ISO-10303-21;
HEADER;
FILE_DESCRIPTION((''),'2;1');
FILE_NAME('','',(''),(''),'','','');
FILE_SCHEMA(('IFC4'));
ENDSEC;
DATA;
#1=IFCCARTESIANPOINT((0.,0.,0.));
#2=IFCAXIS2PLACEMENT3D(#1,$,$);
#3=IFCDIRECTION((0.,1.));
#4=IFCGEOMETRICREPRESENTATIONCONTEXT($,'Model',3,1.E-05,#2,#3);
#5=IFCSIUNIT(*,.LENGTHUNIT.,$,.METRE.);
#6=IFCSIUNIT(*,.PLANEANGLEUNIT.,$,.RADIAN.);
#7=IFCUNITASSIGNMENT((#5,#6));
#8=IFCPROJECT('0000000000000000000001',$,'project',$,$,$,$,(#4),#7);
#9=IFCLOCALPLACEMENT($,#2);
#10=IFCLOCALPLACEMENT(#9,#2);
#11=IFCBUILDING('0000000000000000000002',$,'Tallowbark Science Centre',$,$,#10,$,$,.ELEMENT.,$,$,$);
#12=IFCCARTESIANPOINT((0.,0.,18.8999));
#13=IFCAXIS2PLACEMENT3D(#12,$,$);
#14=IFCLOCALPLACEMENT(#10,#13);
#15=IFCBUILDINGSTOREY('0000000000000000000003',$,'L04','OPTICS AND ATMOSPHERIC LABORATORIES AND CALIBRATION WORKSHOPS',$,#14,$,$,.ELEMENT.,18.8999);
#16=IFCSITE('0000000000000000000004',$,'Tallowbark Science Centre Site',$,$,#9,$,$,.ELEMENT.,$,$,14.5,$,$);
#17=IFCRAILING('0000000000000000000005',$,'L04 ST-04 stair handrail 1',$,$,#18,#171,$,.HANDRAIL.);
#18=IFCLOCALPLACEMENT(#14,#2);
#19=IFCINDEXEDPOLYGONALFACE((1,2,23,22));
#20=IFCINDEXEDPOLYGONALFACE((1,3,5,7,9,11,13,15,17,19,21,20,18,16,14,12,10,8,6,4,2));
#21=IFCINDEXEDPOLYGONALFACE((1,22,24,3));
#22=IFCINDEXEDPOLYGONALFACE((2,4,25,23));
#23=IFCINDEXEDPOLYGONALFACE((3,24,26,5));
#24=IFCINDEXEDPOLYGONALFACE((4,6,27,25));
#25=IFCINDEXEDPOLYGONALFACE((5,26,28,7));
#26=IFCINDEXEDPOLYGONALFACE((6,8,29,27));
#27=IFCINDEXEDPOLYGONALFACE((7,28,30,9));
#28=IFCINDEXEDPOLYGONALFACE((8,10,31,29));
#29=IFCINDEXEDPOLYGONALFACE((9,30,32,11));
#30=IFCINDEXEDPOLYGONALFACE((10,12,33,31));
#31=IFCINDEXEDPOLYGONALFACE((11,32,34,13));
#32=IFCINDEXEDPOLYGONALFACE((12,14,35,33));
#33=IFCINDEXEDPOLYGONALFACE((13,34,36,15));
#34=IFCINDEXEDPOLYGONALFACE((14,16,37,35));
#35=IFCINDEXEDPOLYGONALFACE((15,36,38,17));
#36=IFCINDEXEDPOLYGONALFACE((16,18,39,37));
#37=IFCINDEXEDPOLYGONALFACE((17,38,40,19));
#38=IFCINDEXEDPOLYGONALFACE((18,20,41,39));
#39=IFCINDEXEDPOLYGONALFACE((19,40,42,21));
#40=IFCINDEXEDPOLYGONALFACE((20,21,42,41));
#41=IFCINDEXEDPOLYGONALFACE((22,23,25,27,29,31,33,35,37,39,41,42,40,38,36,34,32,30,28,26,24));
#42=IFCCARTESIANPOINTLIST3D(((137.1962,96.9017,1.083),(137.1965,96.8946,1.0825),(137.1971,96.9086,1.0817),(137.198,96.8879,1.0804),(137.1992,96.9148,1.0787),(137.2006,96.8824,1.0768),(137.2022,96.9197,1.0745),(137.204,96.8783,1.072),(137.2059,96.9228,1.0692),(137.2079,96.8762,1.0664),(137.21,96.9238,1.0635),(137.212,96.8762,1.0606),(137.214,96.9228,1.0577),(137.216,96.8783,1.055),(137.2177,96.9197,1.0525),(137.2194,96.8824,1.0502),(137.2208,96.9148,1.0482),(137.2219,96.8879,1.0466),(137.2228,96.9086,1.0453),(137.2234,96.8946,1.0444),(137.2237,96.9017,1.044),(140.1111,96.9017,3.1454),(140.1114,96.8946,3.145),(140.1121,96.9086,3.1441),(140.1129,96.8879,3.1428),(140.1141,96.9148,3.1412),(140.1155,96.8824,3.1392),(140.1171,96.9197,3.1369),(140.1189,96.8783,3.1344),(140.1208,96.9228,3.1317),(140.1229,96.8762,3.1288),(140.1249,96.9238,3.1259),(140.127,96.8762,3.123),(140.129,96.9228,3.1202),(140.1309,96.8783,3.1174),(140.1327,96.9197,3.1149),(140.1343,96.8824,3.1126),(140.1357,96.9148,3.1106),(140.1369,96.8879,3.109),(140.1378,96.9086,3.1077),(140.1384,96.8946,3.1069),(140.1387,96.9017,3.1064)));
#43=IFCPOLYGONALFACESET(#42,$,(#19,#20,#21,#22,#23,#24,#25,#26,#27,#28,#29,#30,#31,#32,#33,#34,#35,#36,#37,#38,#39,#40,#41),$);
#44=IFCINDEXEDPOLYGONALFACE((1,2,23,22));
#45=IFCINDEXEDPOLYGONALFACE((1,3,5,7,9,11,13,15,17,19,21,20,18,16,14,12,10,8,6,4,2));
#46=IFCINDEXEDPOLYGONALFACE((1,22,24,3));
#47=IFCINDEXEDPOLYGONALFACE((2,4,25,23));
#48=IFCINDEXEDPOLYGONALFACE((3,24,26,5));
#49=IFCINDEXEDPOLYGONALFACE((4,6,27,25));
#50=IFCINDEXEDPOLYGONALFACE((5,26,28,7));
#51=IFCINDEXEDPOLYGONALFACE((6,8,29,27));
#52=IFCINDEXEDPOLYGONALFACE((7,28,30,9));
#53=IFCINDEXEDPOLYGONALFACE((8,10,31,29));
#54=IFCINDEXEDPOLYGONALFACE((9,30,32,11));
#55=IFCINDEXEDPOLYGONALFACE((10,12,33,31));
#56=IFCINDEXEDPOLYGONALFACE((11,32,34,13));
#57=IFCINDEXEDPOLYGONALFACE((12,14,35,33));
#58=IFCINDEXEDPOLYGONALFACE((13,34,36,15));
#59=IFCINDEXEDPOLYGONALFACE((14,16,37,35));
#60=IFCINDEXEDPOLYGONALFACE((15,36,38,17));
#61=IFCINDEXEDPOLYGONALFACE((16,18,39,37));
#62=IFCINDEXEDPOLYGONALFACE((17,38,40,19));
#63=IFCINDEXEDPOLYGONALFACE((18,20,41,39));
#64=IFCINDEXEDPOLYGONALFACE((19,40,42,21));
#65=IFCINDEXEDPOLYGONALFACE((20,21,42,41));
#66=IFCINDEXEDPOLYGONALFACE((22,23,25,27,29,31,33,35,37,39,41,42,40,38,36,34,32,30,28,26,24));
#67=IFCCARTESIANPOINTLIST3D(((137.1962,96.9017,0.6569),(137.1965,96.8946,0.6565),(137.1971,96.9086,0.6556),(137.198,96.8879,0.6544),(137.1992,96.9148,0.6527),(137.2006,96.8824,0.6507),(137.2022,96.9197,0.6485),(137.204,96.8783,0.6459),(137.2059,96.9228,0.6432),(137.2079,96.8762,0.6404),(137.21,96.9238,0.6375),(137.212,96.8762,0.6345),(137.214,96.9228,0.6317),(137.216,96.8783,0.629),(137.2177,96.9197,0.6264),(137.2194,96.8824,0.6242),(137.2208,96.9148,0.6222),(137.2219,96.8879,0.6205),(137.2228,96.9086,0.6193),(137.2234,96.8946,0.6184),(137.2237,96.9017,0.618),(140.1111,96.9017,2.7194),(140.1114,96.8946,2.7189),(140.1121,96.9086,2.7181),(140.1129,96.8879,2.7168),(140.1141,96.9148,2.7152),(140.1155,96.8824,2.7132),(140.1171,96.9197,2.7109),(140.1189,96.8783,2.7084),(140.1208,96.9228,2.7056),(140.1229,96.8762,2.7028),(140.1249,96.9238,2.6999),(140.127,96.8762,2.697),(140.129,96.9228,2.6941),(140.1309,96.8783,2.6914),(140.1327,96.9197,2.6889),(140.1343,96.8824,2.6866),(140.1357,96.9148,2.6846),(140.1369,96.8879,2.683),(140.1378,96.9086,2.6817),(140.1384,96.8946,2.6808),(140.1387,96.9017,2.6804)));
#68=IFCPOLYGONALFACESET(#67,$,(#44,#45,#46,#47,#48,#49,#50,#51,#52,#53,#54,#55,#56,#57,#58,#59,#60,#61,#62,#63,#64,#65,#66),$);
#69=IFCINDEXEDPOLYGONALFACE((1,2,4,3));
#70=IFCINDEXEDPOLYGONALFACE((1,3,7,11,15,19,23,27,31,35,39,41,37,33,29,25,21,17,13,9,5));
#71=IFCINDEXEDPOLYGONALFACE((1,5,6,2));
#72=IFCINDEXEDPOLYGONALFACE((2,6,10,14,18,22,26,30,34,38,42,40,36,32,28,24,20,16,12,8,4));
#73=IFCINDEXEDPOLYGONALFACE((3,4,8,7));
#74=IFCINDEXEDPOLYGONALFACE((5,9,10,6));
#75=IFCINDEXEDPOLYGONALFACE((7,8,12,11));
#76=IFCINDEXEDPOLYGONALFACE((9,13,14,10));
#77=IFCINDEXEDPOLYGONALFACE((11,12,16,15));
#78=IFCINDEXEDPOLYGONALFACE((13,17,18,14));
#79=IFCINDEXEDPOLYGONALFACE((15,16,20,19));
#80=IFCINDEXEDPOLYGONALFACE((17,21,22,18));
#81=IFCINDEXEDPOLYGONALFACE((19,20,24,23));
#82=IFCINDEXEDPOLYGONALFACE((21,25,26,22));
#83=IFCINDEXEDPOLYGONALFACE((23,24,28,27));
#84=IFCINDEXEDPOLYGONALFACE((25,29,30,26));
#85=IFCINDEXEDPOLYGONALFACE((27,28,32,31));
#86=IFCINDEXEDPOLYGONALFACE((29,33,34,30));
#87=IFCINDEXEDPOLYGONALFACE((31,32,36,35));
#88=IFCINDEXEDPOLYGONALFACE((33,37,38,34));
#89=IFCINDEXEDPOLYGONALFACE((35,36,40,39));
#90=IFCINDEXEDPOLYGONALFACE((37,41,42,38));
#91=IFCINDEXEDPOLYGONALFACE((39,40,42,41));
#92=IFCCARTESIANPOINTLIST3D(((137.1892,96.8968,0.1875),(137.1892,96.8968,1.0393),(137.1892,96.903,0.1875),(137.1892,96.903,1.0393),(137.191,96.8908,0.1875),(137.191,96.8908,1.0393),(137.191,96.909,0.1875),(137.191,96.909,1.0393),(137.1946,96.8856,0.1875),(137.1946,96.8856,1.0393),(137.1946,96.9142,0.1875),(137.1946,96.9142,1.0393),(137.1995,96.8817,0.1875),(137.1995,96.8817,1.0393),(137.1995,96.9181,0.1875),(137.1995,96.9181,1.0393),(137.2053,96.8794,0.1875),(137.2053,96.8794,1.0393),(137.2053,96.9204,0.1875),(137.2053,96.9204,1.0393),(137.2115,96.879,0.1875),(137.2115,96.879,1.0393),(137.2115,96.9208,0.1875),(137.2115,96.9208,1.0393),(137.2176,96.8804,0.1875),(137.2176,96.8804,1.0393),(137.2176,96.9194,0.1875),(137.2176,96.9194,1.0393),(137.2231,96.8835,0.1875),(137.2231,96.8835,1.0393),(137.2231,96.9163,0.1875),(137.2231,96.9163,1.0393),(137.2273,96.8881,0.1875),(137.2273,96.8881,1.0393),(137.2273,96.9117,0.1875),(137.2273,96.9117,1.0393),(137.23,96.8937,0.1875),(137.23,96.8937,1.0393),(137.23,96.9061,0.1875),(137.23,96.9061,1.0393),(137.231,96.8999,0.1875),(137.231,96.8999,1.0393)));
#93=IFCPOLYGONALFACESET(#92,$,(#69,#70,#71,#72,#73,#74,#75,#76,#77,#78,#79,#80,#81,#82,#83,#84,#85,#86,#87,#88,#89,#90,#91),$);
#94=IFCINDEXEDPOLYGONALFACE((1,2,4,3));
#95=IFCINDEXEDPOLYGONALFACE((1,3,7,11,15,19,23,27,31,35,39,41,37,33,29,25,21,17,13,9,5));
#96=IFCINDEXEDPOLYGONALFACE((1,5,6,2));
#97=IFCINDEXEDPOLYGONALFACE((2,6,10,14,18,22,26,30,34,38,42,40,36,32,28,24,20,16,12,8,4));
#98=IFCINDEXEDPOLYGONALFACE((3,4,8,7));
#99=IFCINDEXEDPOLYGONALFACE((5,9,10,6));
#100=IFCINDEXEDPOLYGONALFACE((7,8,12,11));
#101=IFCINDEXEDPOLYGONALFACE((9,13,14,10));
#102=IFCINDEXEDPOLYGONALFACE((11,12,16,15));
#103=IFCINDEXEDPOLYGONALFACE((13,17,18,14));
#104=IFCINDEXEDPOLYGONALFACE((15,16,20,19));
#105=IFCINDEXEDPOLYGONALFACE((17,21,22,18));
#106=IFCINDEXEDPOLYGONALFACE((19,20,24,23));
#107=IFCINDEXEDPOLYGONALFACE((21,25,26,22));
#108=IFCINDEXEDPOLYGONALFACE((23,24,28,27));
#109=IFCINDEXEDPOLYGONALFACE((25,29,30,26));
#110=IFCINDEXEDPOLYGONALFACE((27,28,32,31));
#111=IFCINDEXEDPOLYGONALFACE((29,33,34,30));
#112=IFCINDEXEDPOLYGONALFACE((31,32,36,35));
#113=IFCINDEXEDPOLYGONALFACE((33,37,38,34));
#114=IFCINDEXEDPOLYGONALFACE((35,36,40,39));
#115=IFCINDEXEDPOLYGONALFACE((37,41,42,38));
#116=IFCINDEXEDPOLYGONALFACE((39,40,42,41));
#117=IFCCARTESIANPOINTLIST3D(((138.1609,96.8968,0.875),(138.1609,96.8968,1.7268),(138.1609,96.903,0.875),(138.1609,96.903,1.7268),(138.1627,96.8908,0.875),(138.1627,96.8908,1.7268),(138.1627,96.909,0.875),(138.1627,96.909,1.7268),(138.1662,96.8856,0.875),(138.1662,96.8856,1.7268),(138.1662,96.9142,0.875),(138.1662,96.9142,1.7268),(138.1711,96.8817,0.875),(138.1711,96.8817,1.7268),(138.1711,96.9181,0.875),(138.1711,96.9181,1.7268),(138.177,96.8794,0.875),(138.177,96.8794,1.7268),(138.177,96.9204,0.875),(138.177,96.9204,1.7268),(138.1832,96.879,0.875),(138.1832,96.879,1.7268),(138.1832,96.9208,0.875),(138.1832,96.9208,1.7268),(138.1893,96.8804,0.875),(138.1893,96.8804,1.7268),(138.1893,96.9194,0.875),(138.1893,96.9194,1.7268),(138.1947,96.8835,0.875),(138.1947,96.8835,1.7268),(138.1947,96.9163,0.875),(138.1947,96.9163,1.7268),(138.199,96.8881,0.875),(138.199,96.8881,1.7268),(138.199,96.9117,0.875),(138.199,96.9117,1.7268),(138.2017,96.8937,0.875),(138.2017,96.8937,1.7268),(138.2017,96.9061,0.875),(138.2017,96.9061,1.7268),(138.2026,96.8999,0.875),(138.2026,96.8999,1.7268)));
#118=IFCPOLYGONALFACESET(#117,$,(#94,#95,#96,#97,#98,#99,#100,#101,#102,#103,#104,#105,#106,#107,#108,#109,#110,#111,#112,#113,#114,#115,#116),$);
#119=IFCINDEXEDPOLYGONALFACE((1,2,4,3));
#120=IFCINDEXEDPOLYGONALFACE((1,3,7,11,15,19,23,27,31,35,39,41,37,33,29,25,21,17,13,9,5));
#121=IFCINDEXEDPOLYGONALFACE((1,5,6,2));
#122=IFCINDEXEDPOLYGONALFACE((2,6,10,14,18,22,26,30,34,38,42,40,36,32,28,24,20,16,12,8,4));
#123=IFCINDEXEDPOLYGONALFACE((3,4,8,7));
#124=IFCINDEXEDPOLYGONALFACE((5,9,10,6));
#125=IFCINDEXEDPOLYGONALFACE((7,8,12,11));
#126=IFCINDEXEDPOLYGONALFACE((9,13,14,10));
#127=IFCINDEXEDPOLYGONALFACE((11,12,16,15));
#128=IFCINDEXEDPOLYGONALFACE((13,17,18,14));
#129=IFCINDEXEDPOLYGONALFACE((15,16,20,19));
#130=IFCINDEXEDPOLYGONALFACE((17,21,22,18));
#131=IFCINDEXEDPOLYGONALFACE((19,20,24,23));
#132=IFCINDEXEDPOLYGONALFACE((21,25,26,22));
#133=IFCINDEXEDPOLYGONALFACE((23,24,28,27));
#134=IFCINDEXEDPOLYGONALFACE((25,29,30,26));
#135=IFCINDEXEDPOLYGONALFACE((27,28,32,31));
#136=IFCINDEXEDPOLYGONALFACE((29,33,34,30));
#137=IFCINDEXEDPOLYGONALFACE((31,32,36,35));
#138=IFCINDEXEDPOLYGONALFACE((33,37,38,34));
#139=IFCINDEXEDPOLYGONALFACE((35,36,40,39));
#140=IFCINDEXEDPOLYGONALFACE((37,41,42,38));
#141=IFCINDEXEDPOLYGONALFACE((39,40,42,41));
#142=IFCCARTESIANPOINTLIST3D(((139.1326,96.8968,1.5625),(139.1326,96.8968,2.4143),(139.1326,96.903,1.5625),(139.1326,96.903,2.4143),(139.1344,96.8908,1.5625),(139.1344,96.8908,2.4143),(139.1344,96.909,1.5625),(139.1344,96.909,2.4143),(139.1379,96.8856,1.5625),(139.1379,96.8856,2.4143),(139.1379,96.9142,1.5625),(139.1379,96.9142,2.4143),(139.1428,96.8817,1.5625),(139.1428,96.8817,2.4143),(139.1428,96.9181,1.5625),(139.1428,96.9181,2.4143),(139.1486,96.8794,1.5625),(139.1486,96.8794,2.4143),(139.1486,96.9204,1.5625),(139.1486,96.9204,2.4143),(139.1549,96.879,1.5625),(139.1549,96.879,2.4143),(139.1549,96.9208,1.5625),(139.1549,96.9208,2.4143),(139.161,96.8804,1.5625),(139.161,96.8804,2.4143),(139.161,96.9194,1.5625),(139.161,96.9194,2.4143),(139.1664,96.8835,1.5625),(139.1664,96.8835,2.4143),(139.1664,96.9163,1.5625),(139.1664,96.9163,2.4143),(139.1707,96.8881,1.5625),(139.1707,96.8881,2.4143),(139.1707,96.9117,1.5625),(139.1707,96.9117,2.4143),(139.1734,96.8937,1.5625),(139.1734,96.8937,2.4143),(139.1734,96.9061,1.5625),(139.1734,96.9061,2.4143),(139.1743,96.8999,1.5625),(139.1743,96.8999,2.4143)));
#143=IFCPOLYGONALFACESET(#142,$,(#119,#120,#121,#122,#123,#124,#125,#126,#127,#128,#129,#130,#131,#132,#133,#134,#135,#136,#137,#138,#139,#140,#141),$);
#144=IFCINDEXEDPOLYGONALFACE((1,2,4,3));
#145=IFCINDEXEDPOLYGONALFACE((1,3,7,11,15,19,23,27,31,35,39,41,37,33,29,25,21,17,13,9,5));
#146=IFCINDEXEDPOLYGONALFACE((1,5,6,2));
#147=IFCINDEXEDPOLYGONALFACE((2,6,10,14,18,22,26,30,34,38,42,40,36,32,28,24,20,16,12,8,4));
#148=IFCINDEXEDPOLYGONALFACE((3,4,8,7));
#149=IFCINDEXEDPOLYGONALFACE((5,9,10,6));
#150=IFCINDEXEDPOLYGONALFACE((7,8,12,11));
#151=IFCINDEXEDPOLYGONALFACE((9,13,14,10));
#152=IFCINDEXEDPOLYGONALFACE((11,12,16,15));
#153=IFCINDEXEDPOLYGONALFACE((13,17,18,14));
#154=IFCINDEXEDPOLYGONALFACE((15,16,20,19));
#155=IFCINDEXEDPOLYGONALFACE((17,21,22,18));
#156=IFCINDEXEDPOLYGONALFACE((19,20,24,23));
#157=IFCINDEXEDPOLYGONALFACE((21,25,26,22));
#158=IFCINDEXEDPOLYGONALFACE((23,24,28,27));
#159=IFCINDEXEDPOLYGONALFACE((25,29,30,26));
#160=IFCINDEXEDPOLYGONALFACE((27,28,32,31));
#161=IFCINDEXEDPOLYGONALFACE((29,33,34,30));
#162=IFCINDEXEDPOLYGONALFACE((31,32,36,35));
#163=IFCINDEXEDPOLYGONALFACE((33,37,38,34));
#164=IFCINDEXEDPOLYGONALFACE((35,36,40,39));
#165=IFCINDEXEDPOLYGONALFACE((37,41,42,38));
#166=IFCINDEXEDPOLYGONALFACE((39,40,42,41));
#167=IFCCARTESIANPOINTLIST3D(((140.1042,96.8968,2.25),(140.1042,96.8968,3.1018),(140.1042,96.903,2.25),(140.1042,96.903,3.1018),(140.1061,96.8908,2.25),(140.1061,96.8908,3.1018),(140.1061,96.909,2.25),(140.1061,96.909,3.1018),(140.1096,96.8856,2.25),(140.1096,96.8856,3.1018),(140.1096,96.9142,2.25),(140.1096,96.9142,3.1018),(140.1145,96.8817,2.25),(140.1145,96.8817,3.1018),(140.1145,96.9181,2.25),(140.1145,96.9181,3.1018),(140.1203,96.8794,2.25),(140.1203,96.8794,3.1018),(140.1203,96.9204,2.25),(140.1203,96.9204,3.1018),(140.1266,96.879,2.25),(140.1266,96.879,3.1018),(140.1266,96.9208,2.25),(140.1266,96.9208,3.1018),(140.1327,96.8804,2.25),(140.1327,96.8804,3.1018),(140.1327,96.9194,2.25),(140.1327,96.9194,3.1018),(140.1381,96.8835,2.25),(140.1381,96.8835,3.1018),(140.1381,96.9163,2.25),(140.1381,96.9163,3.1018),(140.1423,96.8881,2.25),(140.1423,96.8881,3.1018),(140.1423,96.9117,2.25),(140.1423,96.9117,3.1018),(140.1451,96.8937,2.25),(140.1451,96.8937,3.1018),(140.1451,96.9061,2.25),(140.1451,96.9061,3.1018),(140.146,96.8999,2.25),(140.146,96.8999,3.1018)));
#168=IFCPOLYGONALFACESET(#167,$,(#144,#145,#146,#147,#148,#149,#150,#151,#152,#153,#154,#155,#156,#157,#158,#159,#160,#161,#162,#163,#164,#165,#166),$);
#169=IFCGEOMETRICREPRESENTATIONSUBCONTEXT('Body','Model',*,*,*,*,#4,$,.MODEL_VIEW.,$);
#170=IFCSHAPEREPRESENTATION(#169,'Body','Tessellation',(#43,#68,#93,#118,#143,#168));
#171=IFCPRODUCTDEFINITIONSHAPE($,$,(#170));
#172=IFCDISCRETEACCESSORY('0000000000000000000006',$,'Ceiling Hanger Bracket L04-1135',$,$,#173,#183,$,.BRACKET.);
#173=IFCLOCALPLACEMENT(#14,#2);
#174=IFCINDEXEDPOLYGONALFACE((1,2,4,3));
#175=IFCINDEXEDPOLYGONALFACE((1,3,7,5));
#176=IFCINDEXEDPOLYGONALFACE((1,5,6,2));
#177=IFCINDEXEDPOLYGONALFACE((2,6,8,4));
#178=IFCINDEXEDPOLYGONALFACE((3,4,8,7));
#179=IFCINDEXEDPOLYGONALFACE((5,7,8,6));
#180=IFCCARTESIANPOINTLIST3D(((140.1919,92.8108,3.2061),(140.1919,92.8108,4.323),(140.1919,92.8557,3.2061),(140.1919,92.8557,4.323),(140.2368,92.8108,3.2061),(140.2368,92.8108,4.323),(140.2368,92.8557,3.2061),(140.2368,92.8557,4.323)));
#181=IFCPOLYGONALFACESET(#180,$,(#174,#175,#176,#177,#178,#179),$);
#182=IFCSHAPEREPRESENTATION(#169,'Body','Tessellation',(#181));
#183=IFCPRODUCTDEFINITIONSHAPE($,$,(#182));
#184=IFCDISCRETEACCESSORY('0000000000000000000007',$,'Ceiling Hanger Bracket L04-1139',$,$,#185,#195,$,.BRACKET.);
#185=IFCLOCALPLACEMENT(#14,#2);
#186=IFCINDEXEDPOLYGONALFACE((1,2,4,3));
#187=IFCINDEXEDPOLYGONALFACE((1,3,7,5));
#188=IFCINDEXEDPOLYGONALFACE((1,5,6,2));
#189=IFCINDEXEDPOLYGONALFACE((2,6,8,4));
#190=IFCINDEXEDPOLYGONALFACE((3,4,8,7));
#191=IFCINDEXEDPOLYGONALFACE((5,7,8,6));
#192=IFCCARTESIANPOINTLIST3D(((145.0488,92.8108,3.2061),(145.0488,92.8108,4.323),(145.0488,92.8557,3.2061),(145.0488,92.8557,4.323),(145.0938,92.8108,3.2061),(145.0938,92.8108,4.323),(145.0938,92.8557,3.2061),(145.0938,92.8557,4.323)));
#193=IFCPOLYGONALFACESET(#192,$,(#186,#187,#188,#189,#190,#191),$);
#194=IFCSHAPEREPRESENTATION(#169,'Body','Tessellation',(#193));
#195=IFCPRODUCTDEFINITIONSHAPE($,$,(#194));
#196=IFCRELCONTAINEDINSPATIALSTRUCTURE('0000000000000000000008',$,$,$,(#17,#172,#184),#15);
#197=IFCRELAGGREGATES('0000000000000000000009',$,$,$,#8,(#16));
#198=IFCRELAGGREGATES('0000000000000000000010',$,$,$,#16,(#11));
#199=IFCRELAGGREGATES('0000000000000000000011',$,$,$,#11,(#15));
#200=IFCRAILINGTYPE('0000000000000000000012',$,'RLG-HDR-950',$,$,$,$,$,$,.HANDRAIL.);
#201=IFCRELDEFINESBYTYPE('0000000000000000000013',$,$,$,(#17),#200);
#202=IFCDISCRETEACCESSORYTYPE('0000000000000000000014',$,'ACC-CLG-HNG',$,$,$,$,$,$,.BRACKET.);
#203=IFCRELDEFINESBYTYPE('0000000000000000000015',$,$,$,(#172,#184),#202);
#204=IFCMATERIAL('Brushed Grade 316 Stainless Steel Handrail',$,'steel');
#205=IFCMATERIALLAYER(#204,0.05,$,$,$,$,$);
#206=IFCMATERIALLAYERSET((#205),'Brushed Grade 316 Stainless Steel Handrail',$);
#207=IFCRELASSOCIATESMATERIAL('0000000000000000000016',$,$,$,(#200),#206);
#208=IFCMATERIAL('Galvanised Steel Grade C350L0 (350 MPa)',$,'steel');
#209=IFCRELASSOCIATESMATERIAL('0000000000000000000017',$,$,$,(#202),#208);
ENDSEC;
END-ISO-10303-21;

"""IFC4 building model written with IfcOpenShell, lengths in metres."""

from ifc_helpers import new_model, si_unit, direction, frame, origin, origin_2d, place, context, subcontext, project, spatial, rectangle, circle, extrude, material, layer, layer_set, type_object, element, save


model = new_model("IFC4")

# Units and contexts
model_context = context("Model", 3, precision=1e-05, world=origin(), true_north=direction((0.0, 1.0)))
body_context = subcontext(model_context, "Body", "Model", "MODEL_VIEW")
ifc_project = project(units=[si_unit("LENGTHUNIT", "METRE"), si_unit("PLANEANGLEUNIT", "RADIAN")], contexts=[model_context])

# Site, building, storey
site_placement = place(None, origin())
site = spatial("IfcSite", under=ifc_project, at=site_placement, Name="Tallowbark Science Centre Site", CompositionType="ELEMENT", RefElevation=14.5)
building_placement = place(site_placement, origin())
building = spatial("IfcBuilding", under=site, at=building_placement, Name="Tallowbark Science Centre", CompositionType="ELEMENT")
storey_placement = place(building_placement, frame((0.0, 0.0, 18.8999)))
storey = spatial("IfcBuildingStorey", under=building, at=storey_placement, Name="L04", Description="OPTICS AND ATMOSPHERIC LABORATORIES AND CALIBRATION WORKSHOPS", CompositionType="ELEMENT", Elevation=18.8999)

# Railing
ifc_material_1 = material(Name="Brushed Grade 316 Stainless Steel Handrail", Category="steel")
ifc_layer_1 = layer(ifc_material_1, 0.05)
ifc_layer_set_1 = layer_set([ifc_layer_1], Name="Brushed Grade 316 Stainless Steel Handrail")
railing_type_1 = type_object("IfcRailingType", Name="RLG-HDR-950", PredefinedType="HANDRAIL", material=ifc_layer_set_1)
railing_1_placement = place(storey_placement, frame((137.21, 96.8999, 0.1875)))
element("IfcRailing", 1, at=railing_1_placement, inside=storey, type_object=railing_type_1, Name="L04 ST-04 stair handrail 1", PredefinedType="HANDRAIL", context=body_context, shape_type="SweptSolid", body=[
    extrude(circle(Radius=0.0239, at=origin_2d()), frame((0.0, 0.0, 0.876), z_axis=(0.816331, 0.0, 0.577585), x_axis=(0.0, 1.0, 0.0)), (0.0, 0.0, 1.0), 3.5708),
    extrude(circle(Radius=0.0239, at=origin_2d()), frame((0.0, 0.0, 0.45), z_axis=(0.816331, 0.0, 0.577585), x_axis=(0.0, 1.0, 0.0)), (0.0, 0.0, 1.0), 3.5708),
    extrude(circle(Radius=0.021, at=origin_2d()), origin(), (0.0, 0.0, 1.0), 0.8518),
    extrude(circle(Radius=0.021, at=origin_2d()), frame((0.9717, 0.0, 0.6875)), (0.0, 0.0, 1.0), 0.8518),
    extrude(circle(Radius=0.021, at=origin_2d()), frame((1.9434, 0.0, 1.375)), (0.0, 0.0, 1.0), 0.8518),
    extrude(circle(Radius=0.021, at=origin_2d()), frame((2.915, 0.0, 2.0625)), (0.0, 0.0, 1.0), 0.8518),
])

# Discrete accessories
ifc_material_2 = material(Name="Galvanised Steel Grade C350L0 (350 MPa)", Category="steel")
discrete_accessory_type = type_object("IfcDiscreteAccessoryType", Name="ACC-CLG-HNG", PredefinedType="BRACKET", material=ifc_material_2)
for number, where, z_axis, x_axis, name in (
    (2, (140.2144, 92.8333, 3.2061), (0.0, 0.0, 1.0), (1.0, 0.0, 0.0), "Ceiling Hanger Bracket L04-1135"),
    (3, (145.0713, 92.8333, 3.2061), (0.0, 0.0, 1.0), (1.0, 0.0, 0.0), "Ceiling Hanger Bracket L04-1139"),
):
    element("IfcDiscreteAccessory", number, at=place(storey_placement, frame(where, z_axis=z_axis, x_axis=x_axis)), inside=storey, type_object=discrete_accessory_type, Name=name, PredefinedType="BRACKET", context=body_context, shape_type="SweptSolid", body=[
        extrude(rectangle(XDim=0.0449, YDim=0.0449, at=origin_2d()), origin(), (0.0, 0.0, 1.0), 1.1169),
    ])

save(model, "model.ifc")
